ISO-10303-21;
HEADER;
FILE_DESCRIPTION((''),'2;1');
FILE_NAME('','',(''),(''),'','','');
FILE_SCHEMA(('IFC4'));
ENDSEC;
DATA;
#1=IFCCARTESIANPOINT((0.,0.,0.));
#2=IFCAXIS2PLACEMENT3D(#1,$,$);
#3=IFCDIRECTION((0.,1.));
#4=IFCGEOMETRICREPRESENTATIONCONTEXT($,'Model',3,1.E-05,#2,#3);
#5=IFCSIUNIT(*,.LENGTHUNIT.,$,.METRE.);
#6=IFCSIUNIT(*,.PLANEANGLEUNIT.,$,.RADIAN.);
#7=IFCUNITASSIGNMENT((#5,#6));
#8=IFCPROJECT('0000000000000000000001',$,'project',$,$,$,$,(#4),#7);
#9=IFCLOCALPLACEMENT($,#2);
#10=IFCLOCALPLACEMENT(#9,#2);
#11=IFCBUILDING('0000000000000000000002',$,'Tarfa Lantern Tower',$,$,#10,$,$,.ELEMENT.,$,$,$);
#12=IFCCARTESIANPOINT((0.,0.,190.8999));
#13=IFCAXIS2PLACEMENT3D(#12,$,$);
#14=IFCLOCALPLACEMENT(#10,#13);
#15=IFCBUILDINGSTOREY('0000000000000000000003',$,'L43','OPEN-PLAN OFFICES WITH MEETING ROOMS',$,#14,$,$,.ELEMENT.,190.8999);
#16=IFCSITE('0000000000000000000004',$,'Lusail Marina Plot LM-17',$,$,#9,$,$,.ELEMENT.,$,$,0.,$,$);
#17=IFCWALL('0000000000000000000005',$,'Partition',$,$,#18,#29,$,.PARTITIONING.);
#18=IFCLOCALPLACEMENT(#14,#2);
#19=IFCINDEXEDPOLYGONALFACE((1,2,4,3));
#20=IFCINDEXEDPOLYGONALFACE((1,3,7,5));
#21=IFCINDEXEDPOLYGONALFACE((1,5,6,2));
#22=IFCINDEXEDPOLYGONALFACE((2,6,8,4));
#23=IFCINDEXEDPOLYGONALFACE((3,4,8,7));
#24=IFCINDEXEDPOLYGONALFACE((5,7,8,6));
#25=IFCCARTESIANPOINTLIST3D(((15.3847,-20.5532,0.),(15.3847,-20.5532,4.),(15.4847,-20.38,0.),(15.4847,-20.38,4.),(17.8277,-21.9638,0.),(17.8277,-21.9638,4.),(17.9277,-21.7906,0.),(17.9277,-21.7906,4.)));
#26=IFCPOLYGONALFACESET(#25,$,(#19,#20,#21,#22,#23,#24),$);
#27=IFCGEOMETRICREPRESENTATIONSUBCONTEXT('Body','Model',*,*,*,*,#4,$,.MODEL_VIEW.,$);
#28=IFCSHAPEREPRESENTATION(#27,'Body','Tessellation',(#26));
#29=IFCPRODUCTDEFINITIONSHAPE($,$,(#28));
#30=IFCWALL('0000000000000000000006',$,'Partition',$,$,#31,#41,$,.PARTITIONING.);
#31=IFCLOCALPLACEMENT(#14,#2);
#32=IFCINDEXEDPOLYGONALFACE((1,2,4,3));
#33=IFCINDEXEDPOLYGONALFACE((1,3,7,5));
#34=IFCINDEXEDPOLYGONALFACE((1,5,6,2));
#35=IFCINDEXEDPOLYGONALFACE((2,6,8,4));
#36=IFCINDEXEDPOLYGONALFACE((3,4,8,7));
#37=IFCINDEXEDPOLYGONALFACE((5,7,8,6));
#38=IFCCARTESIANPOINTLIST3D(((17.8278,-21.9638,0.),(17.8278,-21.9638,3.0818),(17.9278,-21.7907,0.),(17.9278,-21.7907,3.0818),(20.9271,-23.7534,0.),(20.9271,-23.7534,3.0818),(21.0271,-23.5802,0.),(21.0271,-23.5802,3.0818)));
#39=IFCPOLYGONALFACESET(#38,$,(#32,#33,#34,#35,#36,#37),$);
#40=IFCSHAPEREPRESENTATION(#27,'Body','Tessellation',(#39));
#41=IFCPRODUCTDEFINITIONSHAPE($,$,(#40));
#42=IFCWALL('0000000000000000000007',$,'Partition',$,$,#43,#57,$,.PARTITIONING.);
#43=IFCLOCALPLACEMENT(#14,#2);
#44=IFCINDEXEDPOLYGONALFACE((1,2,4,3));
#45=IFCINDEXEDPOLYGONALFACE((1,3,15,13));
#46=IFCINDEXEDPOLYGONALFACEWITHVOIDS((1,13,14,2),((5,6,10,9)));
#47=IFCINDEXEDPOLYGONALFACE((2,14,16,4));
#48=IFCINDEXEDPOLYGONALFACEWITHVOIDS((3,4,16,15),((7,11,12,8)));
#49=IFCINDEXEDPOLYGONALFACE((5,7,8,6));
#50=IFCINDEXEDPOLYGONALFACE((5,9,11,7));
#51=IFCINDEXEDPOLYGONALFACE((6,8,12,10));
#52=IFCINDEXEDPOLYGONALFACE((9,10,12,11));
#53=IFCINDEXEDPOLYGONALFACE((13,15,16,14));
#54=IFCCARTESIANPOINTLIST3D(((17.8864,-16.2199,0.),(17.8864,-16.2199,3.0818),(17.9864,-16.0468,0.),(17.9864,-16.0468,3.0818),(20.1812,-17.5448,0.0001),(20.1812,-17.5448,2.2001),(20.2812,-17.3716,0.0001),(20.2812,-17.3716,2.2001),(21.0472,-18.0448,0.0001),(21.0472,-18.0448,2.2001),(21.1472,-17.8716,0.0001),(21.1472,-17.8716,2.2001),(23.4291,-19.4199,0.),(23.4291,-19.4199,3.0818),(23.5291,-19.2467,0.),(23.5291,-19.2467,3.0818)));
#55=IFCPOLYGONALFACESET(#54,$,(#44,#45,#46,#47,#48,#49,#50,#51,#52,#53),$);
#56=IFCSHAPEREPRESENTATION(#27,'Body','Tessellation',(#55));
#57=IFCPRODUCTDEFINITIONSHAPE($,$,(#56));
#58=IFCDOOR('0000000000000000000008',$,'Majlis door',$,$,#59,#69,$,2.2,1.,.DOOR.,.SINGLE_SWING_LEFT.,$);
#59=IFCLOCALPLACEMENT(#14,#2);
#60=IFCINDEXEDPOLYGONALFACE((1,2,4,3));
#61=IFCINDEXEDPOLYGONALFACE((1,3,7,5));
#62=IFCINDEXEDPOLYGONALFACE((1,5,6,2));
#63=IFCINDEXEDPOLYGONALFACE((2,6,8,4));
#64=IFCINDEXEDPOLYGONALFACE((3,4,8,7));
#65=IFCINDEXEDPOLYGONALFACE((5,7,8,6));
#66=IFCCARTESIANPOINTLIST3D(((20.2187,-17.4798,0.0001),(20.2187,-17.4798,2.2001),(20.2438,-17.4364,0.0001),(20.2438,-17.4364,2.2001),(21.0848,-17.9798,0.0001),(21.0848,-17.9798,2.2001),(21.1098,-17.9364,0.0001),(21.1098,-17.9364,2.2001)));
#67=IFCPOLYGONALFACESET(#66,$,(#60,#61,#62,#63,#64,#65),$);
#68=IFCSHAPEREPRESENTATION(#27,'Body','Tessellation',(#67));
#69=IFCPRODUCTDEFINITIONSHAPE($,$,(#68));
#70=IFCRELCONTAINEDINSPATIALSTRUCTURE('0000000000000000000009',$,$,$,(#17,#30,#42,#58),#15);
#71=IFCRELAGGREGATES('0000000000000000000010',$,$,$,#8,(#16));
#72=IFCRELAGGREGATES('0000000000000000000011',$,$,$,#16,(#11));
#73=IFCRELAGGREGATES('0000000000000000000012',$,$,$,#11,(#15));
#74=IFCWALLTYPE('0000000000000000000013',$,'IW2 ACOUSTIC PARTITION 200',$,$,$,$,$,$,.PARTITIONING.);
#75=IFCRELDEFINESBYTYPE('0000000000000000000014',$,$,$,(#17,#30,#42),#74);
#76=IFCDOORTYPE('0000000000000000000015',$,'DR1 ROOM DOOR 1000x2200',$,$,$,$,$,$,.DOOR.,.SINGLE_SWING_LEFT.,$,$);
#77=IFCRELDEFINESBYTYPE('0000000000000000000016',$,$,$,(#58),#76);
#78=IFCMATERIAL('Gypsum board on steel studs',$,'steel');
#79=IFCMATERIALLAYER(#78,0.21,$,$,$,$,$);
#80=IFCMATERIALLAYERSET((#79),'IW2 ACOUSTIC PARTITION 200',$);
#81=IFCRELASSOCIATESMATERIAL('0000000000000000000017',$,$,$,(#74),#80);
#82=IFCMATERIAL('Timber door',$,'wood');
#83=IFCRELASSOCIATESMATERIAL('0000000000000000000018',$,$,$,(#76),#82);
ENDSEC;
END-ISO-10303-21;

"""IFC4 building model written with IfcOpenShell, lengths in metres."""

from ifc_helpers import new_model, si_unit, direction, frame, frame_2d, origin, place, context, subcontext, project, spatial, rectangle, extrude, material, layer, layer_set, type_object, element, fill, save


model = new_model("IFC4")

# Units and contexts
model_context = context("Model", 3, precision=1e-05, world=origin(), true_north=direction((0.0, 1.0)))
body_context = subcontext(model_context, "Body", "Model", "MODEL_VIEW")
ifc_project = project(units=[si_unit("LENGTHUNIT", "METRE"), si_unit("PLANEANGLEUNIT", "RADIAN")], contexts=[model_context])

# Site, building, storey
site_placement = place(None, origin())
site = spatial("IfcSite", under=ifc_project, at=site_placement, Name="Lusail Marina Plot LM-17", CompositionType="ELEMENT", RefElevation=0.0)
building_placement = place(site_placement, origin())
building = spatial("IfcBuilding", under=site, at=building_placement, Name="Tarfa Lantern Tower", CompositionType="ELEMENT")
storey_placement = place(building_placement, frame((0.0, 0.0, 190.8999)))
storey = spatial("IfcBuildingStorey", under=building, at=storey_placement, Name="L43", Description="OPEN-PLAN OFFICES WITH MEETING ROOMS", CompositionType="ELEMENT", Elevation=190.8999)

# Shared definitions
ifc_material_1 = material(Name="Gypsum board on steel studs", Category="steel")
ifc_layer_1 = layer(ifc_material_1, 0.21)
ifc_layer_set_1 = layer_set([ifc_layer_1], Name="IW2 ACOUSTIC PARTITION 200")
wall_type_1 = type_object("IfcWallType", Name="IW2 ACOUSTIC PARTITION 200", PredefinedType="PARTITIONING", material=ifc_layer_set_1)
ifc_material_2 = material(Name="Timber door", Category="wood")
door_type_1 = type_object("IfcDoorType", Name="DR1 ROOM DOOR 1000x2200", OperationType="SINGLE_SWING_LEFT", PredefinedType="DOOR", material=ifc_material_2)

# Walls
wall_1_placement = place(storey_placement, frame((15.4346, -20.4666, 0.0), z_axis=(0.0, 0.0, 1.0), x_axis=(0.866008, -0.50003, 0.0)))
element("IfcWall", 1, at=wall_1_placement, inside=storey, type_object=wall_type_1, Name="Partition", PredefinedType="PARTITIONING", context=body_context, shape_type="SweptSolid", body=[
    extrude(rectangle(XDim=2.821, YDim=0.2, at=frame_2d((1.4106, 0.0))), origin(), (0.0, 0.0, 1.0), 4.0),
])
wall_2_placement = place(storey_placement, frame((17.8777, -21.8772, 0.0), z_axis=(0.0, 0.0, 1.0), x_axis=(0.86601, -0.500028, 0.0)))
element("IfcWall", 2, at=wall_2_placement, inside=storey, type_object=wall_type_1, Name="Partition", PredefinedType="PARTITIONING", context=body_context, shape_type="SweptSolid", body=[
    extrude(rectangle(XDim=3.5789, YDim=0.2, at=frame_2d((1.7896, 0.0))), origin(), (0.0, 0.0, 1.0), 3.0818),
])

# Wall, opening, door
wall_3_placement = place(storey_placement, frame((17.9363, -16.1333, 0.0), z_axis=(0.0, 0.0, 1.0), x_axis=(0.866035, -0.499983, 0.0)))
wall_3 = element("IfcWall", 3, at=wall_3_placement, inside=storey, type_object=wall_type_1, Name="Partition", PredefinedType="PARTITIONING", context=body_context, shape_type="SweptSolid", body=[
    extrude(rectangle(XDim=6.4001, YDim=0.2, at=frame_2d((3.2002, 0.0))), origin(), (0.0, 0.0, 1.0), 3.0818),
])
opening_1_placement = place(wall_3_placement, frame((2.6499, 0.0, 0.0)))
opening_1 = element("IfcOpeningElement", 4, at=opening_1_placement, cuts=wall_3, PredefinedType="OPENING", context=body_context, shape_type="SweptSolid", body=[
    extrude(rectangle(XDim=1.0, YDim=2.2, at=frame_2d((0.5, 1.1001))), frame((0.0, 0.1099, 0.0), z_axis=(0.0, -1.0, 0.0), x_axis=(1.0, 0.0, 0.0)), (0.0, 0.0, 1.0), 0.22),
])
door_1_placement = place(opening_1_placement, frame((1.0, 0.0, 0.0), z_axis=(0.0, 0.0, 1.0), x_axis=(-1.0, 0.0, 0.0)))
door_1 = element("IfcDoor", 5, at=door_1_placement, inside=storey, type_object=door_type_1, Name="Majlis door", OperationType="SINGLE_SWING_LEFT", OverallHeight=2.2, OverallWidth=1.0, PredefinedType="DOOR", context=body_context, shape_type="SweptSolid", body=[
    extrude(rectangle(XDim=1.0, YDim=2.2, at=frame_2d((0.5, 1.1001))), frame((0.0, 0.0249, 0.0), z_axis=(0.0, -1.0, 0.0), x_axis=(1.0, 0.0, 0.0)), (0.0, 0.0, 1.0), 0.05),
])
fill(opening_1, door_1)

save(model, "model.ifc")
